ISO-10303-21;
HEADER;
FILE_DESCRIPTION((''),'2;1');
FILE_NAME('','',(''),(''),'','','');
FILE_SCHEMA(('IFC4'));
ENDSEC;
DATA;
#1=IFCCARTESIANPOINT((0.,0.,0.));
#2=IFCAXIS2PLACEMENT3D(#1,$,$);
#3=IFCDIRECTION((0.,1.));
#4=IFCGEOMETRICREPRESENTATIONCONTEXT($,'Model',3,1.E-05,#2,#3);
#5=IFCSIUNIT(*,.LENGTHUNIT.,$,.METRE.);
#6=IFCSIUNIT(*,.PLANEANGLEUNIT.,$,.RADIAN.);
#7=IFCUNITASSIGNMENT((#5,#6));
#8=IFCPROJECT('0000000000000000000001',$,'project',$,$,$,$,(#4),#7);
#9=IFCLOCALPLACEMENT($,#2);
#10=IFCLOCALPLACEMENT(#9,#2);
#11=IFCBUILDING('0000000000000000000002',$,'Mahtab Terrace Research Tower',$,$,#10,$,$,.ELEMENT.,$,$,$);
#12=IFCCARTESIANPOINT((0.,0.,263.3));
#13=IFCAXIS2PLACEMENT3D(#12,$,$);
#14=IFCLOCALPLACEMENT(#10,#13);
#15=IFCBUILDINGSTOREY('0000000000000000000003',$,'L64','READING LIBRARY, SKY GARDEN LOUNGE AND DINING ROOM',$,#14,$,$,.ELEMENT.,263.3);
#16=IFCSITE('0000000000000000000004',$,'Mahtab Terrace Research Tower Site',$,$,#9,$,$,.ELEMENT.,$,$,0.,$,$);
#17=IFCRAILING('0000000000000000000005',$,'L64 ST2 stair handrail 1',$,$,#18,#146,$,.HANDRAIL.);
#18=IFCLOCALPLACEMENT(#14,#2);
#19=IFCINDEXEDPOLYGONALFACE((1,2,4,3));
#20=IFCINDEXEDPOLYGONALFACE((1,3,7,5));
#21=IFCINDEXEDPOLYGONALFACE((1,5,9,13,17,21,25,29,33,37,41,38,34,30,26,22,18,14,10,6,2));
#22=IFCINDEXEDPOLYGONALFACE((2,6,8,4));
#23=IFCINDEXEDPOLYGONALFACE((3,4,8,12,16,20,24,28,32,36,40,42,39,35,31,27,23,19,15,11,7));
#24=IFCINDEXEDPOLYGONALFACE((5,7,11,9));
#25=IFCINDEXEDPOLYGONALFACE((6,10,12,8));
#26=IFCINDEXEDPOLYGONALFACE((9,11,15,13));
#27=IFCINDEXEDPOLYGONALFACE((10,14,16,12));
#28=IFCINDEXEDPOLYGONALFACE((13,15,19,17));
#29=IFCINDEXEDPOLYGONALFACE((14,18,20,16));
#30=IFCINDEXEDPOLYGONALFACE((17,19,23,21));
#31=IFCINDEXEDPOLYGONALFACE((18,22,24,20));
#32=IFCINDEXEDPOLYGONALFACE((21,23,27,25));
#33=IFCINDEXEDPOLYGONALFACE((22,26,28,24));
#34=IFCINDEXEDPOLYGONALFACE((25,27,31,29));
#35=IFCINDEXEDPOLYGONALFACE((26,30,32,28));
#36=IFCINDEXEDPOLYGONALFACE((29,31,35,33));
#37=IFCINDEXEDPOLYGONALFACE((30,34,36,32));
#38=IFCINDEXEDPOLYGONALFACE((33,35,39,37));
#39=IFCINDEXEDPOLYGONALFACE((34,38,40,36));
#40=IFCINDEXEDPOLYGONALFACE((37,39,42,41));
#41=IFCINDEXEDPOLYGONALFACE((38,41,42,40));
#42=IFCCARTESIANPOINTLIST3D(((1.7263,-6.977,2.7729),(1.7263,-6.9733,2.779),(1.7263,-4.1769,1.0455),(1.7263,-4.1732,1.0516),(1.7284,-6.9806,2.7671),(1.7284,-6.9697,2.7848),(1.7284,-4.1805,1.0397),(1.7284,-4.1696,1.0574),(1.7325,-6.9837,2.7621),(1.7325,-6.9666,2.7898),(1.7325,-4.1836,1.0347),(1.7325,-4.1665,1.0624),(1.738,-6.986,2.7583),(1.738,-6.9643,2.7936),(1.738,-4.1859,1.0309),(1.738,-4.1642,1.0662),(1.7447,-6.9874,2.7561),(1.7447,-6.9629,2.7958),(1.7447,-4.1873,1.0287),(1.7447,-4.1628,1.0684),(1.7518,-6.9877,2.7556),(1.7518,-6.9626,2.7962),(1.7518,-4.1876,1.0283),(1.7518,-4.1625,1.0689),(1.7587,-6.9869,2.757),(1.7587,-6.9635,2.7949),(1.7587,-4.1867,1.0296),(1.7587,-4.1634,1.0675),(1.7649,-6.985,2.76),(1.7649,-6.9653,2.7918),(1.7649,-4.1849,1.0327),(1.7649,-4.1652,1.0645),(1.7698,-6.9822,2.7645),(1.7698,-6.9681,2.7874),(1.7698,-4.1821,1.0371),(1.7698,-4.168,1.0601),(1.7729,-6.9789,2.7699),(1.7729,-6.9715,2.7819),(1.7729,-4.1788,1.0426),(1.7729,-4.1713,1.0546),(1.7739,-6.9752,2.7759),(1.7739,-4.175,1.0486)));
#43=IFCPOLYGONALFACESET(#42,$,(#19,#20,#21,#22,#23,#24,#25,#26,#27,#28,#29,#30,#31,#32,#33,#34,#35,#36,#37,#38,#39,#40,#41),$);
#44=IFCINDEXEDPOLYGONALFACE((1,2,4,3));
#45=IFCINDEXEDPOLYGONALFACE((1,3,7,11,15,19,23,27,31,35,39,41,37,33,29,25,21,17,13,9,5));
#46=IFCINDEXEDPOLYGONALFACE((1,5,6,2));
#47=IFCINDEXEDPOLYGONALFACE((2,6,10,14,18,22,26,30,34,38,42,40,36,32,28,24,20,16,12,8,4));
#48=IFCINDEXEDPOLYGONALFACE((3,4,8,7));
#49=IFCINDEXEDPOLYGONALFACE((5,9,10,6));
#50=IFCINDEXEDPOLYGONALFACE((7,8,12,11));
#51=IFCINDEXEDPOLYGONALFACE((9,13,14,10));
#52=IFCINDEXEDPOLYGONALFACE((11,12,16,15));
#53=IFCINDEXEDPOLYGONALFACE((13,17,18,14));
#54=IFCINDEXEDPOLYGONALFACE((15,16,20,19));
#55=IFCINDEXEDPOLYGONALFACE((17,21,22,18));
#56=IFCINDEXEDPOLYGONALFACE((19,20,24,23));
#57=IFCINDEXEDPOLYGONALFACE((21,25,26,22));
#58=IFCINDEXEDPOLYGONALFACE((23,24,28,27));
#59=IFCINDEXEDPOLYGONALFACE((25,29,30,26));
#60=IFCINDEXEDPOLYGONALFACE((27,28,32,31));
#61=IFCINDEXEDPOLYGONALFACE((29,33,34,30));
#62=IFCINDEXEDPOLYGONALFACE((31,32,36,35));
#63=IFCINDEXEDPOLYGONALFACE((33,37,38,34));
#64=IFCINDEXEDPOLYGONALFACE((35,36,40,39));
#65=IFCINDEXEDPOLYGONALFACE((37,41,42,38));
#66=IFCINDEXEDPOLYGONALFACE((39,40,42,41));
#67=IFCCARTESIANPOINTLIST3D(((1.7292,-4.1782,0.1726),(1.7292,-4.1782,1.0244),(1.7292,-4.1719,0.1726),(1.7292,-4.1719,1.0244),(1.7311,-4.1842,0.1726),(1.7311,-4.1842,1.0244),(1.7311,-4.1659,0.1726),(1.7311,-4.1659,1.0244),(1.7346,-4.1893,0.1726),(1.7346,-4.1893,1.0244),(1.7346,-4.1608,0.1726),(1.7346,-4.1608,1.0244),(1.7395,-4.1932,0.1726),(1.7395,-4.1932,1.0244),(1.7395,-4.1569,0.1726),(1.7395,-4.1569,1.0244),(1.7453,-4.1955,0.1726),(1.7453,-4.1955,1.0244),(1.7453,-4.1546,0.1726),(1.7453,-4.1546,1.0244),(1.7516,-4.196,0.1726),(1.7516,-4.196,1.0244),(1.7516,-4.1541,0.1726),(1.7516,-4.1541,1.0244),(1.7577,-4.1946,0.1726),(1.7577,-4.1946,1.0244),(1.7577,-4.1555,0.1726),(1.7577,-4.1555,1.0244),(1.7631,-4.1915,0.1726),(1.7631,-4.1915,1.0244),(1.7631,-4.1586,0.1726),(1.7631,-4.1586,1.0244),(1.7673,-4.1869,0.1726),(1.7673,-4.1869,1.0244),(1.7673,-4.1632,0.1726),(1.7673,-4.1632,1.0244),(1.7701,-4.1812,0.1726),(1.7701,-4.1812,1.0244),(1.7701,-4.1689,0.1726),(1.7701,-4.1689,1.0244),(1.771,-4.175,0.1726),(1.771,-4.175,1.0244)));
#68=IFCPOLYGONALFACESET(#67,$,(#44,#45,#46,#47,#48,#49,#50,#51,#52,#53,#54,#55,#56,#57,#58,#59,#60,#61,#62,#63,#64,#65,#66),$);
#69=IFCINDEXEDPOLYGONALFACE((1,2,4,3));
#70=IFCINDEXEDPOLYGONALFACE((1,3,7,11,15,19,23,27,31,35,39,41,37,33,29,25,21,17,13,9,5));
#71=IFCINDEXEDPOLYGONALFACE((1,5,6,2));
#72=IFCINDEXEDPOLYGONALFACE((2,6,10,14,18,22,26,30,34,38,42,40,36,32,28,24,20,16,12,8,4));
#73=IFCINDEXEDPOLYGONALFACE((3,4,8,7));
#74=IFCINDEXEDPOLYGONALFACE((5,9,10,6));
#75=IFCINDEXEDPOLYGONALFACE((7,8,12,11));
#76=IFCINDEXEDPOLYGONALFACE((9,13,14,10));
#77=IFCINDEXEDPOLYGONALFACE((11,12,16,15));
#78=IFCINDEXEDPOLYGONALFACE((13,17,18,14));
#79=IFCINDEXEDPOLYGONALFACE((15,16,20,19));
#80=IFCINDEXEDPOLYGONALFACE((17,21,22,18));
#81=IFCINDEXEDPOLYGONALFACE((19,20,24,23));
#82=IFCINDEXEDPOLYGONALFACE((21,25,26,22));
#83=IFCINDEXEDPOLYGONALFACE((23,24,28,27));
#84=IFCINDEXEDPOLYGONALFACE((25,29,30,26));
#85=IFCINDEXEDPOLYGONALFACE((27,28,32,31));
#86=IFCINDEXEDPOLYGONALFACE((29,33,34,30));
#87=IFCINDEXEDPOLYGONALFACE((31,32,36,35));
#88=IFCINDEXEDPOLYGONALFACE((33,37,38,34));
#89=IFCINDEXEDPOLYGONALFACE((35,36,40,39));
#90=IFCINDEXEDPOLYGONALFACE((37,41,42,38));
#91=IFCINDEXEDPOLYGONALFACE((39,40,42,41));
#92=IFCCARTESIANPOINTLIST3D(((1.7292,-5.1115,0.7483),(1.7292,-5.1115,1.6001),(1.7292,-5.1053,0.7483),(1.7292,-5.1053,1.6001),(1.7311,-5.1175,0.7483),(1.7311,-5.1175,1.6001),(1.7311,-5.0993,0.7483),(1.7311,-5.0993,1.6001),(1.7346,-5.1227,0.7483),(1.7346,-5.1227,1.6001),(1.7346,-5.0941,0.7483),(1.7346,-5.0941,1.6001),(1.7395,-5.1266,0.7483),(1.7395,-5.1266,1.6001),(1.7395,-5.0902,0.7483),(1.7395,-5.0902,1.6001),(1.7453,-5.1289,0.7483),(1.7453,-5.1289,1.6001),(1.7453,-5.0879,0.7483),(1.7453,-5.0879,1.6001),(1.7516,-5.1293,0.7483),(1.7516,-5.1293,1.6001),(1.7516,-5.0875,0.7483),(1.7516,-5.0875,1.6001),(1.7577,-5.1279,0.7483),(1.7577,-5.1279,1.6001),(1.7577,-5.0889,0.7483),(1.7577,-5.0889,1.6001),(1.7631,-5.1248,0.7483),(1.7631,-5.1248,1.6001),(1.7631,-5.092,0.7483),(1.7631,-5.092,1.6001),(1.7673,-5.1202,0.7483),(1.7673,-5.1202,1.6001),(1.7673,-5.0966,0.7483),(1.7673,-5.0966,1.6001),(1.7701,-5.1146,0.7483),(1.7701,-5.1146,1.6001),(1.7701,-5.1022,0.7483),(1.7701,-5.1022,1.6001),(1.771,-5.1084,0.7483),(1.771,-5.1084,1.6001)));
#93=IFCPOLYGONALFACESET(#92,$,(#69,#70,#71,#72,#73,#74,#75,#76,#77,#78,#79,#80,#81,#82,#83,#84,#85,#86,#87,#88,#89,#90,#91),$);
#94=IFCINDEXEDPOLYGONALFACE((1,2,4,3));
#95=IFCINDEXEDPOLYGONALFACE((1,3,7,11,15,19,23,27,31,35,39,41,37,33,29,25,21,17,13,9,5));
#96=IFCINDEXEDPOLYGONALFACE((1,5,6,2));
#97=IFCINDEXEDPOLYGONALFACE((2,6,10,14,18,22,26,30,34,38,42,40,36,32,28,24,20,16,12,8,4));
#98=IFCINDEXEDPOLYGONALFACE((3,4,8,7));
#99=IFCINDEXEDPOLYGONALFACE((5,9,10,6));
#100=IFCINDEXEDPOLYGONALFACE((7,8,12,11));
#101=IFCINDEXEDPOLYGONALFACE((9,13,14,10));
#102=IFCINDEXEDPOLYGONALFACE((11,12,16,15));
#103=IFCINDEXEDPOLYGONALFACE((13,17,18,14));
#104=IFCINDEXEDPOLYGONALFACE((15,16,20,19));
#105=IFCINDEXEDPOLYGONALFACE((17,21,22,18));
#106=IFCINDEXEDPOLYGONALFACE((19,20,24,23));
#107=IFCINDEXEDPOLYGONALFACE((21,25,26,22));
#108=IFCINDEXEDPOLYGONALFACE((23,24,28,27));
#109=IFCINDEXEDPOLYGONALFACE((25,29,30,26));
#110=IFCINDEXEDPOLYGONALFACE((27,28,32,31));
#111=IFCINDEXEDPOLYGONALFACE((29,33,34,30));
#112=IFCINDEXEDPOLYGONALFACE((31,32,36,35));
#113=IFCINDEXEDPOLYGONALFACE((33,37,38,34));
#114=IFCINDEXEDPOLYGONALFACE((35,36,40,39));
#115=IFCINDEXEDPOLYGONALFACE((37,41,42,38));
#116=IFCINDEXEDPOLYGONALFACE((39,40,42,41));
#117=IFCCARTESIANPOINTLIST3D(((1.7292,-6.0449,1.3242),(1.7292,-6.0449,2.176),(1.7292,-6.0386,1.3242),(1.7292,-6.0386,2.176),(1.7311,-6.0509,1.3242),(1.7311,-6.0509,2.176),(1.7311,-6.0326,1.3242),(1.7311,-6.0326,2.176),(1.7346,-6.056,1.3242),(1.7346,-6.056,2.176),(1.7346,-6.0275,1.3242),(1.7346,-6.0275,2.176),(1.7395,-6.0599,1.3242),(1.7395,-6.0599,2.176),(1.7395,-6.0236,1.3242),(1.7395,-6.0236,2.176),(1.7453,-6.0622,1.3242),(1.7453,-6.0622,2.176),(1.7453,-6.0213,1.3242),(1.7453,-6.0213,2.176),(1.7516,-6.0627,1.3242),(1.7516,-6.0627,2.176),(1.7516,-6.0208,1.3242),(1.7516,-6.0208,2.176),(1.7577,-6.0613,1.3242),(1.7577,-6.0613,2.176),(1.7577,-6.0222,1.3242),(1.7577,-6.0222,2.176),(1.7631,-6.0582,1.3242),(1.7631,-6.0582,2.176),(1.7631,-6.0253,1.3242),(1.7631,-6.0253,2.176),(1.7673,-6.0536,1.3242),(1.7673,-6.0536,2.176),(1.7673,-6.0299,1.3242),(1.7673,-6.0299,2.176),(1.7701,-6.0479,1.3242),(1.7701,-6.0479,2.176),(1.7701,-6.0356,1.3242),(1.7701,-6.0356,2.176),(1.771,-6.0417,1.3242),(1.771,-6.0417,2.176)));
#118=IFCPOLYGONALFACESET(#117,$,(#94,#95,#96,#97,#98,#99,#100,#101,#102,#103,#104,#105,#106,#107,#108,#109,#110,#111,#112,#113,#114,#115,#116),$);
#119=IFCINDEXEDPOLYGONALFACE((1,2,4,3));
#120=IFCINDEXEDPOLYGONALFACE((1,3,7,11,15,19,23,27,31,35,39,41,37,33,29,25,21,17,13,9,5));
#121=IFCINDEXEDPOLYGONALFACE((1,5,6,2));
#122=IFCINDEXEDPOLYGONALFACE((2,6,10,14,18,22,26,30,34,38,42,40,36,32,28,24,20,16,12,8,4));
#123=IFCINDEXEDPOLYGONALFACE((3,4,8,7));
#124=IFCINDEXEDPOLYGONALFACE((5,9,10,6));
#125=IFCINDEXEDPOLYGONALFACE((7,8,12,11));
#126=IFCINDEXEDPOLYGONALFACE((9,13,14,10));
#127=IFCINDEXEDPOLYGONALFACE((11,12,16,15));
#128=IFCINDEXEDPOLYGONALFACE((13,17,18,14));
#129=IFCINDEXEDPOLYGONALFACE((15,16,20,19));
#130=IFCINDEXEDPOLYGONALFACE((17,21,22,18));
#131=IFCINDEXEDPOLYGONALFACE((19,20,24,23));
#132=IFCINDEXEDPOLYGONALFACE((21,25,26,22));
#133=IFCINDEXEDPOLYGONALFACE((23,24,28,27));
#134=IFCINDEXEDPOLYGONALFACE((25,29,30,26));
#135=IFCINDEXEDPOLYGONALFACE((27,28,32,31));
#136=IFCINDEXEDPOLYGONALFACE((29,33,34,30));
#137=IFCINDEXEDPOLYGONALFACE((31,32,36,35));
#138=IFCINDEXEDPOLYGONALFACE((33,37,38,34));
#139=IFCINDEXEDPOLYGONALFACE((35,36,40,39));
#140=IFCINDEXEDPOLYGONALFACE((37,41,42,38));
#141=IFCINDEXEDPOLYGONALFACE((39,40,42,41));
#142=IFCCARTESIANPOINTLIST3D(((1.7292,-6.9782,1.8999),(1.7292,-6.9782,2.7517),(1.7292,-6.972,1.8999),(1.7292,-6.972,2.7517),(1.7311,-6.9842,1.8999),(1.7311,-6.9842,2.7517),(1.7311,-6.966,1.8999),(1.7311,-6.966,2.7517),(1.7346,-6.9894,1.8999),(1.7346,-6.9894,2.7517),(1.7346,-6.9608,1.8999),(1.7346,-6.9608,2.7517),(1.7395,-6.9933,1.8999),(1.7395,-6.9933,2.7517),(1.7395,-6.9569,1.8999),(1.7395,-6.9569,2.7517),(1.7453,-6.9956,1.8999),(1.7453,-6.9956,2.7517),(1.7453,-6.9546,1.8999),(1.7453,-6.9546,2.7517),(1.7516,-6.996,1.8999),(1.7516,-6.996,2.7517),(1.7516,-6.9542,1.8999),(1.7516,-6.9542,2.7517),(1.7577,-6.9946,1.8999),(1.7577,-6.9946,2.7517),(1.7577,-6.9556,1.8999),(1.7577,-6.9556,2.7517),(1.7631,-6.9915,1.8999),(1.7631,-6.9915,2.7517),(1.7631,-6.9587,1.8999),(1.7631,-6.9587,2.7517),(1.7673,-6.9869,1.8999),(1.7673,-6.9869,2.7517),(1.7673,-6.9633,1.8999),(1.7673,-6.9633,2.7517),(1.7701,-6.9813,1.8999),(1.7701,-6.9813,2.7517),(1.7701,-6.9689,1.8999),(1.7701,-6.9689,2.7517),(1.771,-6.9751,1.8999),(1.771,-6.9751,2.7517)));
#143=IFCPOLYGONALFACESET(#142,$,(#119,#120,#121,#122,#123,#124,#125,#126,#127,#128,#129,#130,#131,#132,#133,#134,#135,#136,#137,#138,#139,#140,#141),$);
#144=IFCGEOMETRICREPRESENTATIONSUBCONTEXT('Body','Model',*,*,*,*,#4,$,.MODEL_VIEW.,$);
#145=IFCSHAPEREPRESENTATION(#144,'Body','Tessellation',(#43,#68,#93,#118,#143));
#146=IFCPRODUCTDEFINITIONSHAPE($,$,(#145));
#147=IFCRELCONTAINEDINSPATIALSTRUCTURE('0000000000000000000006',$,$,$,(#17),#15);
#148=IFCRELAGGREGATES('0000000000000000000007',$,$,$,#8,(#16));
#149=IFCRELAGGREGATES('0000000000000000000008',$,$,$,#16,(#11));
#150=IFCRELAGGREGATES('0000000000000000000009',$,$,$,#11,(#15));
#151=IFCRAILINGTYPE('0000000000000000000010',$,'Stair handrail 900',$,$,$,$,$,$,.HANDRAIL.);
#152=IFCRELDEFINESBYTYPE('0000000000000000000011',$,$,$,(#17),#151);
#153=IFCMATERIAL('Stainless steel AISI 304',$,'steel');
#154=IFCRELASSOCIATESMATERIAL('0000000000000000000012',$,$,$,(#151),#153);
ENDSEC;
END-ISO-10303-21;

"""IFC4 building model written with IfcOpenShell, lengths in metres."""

from ifc_helpers import new_model, si_unit, direction, frame, origin, origin_2d, place, context, subcontext, project, spatial, circle, extrude, material, type_object, element, save


model = new_model("IFC4")

# Units and contexts
model_context = context("Model", 3, precision=1e-05, world=origin(), true_north=direction((0.0, 1.0)))
body_context = subcontext(model_context, "Body", "Model", "MODEL_VIEW")
ifc_project = project(units=[si_unit("LENGTHUNIT", "METRE"), si_unit("PLANEANGLEUNIT", "RADIAN")], contexts=[model_context])

# Site, building, storey
site_placement = place(None, origin())
site = spatial("IfcSite", under=ifc_project, at=site_placement, Name="Mahtab Terrace Research Tower Site", CompositionType="ELEMENT", RefElevation=0.0)
building_placement = place(site_placement, origin())
building = spatial("IfcBuilding", under=site, at=building_placement, Name="Mahtab Terrace Research Tower", CompositionType="ELEMENT")
storey_placement = place(building_placement, frame((0.0, 0.0, 263.3)))
storey = spatial("IfcBuildingStorey", under=building, at=storey_placement, Name="L64", Description="READING LIBRARY, SKY GARDEN LOUNGE AND DINING ROOM", CompositionType="ELEMENT", Elevation=263.3)

# Railing
ifc_material_1 = material(Name="Stainless steel AISI 304", Category="steel")
railing_type_1 = type_object("IfcRailingType", Name="Stair handrail 900", PredefinedType="HANDRAIL", material=ifc_material_1)
railing_1_placement = place(storey_placement, frame((1.75, -4.175, 0.1726)))
element("IfcRailing", 1, at=railing_1_placement, inside=storey, type_object=railing_type_1, Name="L64 ST2 stair handrail 1", PredefinedType="HANDRAIL", context=body_context, shape_type="SweptSolid", body=[
    extrude(circle(Radius=0.0239, at=origin_2d()), frame((0.0, 0.0, 0.876), z_axis=(0.0, -0.85109, 0.52502), x_axis=(1.0, 0.0, 0.0)), (0.0, 0.0, 1.0), 3.29),
    extrude(circle(Radius=0.021, at=origin_2d()), origin(), (0.0, 0.0, 1.0), 0.8518),
    extrude(circle(Radius=0.021, at=origin_2d()), frame((0.0, -0.9333, 0.5757)), (0.0, 0.0, 1.0), 0.8518),
    extrude(circle(Radius=0.021, at=origin_2d()), frame((0.0, -1.8667, 1.1516)), (0.0, 0.0, 1.0), 0.8518),
    extrude(circle(Radius=0.021, at=origin_2d()), frame((0.0, -2.8, 1.7273)), (0.0, 0.0, 1.0), 0.8518),
])

save(model, "model.ifc")
